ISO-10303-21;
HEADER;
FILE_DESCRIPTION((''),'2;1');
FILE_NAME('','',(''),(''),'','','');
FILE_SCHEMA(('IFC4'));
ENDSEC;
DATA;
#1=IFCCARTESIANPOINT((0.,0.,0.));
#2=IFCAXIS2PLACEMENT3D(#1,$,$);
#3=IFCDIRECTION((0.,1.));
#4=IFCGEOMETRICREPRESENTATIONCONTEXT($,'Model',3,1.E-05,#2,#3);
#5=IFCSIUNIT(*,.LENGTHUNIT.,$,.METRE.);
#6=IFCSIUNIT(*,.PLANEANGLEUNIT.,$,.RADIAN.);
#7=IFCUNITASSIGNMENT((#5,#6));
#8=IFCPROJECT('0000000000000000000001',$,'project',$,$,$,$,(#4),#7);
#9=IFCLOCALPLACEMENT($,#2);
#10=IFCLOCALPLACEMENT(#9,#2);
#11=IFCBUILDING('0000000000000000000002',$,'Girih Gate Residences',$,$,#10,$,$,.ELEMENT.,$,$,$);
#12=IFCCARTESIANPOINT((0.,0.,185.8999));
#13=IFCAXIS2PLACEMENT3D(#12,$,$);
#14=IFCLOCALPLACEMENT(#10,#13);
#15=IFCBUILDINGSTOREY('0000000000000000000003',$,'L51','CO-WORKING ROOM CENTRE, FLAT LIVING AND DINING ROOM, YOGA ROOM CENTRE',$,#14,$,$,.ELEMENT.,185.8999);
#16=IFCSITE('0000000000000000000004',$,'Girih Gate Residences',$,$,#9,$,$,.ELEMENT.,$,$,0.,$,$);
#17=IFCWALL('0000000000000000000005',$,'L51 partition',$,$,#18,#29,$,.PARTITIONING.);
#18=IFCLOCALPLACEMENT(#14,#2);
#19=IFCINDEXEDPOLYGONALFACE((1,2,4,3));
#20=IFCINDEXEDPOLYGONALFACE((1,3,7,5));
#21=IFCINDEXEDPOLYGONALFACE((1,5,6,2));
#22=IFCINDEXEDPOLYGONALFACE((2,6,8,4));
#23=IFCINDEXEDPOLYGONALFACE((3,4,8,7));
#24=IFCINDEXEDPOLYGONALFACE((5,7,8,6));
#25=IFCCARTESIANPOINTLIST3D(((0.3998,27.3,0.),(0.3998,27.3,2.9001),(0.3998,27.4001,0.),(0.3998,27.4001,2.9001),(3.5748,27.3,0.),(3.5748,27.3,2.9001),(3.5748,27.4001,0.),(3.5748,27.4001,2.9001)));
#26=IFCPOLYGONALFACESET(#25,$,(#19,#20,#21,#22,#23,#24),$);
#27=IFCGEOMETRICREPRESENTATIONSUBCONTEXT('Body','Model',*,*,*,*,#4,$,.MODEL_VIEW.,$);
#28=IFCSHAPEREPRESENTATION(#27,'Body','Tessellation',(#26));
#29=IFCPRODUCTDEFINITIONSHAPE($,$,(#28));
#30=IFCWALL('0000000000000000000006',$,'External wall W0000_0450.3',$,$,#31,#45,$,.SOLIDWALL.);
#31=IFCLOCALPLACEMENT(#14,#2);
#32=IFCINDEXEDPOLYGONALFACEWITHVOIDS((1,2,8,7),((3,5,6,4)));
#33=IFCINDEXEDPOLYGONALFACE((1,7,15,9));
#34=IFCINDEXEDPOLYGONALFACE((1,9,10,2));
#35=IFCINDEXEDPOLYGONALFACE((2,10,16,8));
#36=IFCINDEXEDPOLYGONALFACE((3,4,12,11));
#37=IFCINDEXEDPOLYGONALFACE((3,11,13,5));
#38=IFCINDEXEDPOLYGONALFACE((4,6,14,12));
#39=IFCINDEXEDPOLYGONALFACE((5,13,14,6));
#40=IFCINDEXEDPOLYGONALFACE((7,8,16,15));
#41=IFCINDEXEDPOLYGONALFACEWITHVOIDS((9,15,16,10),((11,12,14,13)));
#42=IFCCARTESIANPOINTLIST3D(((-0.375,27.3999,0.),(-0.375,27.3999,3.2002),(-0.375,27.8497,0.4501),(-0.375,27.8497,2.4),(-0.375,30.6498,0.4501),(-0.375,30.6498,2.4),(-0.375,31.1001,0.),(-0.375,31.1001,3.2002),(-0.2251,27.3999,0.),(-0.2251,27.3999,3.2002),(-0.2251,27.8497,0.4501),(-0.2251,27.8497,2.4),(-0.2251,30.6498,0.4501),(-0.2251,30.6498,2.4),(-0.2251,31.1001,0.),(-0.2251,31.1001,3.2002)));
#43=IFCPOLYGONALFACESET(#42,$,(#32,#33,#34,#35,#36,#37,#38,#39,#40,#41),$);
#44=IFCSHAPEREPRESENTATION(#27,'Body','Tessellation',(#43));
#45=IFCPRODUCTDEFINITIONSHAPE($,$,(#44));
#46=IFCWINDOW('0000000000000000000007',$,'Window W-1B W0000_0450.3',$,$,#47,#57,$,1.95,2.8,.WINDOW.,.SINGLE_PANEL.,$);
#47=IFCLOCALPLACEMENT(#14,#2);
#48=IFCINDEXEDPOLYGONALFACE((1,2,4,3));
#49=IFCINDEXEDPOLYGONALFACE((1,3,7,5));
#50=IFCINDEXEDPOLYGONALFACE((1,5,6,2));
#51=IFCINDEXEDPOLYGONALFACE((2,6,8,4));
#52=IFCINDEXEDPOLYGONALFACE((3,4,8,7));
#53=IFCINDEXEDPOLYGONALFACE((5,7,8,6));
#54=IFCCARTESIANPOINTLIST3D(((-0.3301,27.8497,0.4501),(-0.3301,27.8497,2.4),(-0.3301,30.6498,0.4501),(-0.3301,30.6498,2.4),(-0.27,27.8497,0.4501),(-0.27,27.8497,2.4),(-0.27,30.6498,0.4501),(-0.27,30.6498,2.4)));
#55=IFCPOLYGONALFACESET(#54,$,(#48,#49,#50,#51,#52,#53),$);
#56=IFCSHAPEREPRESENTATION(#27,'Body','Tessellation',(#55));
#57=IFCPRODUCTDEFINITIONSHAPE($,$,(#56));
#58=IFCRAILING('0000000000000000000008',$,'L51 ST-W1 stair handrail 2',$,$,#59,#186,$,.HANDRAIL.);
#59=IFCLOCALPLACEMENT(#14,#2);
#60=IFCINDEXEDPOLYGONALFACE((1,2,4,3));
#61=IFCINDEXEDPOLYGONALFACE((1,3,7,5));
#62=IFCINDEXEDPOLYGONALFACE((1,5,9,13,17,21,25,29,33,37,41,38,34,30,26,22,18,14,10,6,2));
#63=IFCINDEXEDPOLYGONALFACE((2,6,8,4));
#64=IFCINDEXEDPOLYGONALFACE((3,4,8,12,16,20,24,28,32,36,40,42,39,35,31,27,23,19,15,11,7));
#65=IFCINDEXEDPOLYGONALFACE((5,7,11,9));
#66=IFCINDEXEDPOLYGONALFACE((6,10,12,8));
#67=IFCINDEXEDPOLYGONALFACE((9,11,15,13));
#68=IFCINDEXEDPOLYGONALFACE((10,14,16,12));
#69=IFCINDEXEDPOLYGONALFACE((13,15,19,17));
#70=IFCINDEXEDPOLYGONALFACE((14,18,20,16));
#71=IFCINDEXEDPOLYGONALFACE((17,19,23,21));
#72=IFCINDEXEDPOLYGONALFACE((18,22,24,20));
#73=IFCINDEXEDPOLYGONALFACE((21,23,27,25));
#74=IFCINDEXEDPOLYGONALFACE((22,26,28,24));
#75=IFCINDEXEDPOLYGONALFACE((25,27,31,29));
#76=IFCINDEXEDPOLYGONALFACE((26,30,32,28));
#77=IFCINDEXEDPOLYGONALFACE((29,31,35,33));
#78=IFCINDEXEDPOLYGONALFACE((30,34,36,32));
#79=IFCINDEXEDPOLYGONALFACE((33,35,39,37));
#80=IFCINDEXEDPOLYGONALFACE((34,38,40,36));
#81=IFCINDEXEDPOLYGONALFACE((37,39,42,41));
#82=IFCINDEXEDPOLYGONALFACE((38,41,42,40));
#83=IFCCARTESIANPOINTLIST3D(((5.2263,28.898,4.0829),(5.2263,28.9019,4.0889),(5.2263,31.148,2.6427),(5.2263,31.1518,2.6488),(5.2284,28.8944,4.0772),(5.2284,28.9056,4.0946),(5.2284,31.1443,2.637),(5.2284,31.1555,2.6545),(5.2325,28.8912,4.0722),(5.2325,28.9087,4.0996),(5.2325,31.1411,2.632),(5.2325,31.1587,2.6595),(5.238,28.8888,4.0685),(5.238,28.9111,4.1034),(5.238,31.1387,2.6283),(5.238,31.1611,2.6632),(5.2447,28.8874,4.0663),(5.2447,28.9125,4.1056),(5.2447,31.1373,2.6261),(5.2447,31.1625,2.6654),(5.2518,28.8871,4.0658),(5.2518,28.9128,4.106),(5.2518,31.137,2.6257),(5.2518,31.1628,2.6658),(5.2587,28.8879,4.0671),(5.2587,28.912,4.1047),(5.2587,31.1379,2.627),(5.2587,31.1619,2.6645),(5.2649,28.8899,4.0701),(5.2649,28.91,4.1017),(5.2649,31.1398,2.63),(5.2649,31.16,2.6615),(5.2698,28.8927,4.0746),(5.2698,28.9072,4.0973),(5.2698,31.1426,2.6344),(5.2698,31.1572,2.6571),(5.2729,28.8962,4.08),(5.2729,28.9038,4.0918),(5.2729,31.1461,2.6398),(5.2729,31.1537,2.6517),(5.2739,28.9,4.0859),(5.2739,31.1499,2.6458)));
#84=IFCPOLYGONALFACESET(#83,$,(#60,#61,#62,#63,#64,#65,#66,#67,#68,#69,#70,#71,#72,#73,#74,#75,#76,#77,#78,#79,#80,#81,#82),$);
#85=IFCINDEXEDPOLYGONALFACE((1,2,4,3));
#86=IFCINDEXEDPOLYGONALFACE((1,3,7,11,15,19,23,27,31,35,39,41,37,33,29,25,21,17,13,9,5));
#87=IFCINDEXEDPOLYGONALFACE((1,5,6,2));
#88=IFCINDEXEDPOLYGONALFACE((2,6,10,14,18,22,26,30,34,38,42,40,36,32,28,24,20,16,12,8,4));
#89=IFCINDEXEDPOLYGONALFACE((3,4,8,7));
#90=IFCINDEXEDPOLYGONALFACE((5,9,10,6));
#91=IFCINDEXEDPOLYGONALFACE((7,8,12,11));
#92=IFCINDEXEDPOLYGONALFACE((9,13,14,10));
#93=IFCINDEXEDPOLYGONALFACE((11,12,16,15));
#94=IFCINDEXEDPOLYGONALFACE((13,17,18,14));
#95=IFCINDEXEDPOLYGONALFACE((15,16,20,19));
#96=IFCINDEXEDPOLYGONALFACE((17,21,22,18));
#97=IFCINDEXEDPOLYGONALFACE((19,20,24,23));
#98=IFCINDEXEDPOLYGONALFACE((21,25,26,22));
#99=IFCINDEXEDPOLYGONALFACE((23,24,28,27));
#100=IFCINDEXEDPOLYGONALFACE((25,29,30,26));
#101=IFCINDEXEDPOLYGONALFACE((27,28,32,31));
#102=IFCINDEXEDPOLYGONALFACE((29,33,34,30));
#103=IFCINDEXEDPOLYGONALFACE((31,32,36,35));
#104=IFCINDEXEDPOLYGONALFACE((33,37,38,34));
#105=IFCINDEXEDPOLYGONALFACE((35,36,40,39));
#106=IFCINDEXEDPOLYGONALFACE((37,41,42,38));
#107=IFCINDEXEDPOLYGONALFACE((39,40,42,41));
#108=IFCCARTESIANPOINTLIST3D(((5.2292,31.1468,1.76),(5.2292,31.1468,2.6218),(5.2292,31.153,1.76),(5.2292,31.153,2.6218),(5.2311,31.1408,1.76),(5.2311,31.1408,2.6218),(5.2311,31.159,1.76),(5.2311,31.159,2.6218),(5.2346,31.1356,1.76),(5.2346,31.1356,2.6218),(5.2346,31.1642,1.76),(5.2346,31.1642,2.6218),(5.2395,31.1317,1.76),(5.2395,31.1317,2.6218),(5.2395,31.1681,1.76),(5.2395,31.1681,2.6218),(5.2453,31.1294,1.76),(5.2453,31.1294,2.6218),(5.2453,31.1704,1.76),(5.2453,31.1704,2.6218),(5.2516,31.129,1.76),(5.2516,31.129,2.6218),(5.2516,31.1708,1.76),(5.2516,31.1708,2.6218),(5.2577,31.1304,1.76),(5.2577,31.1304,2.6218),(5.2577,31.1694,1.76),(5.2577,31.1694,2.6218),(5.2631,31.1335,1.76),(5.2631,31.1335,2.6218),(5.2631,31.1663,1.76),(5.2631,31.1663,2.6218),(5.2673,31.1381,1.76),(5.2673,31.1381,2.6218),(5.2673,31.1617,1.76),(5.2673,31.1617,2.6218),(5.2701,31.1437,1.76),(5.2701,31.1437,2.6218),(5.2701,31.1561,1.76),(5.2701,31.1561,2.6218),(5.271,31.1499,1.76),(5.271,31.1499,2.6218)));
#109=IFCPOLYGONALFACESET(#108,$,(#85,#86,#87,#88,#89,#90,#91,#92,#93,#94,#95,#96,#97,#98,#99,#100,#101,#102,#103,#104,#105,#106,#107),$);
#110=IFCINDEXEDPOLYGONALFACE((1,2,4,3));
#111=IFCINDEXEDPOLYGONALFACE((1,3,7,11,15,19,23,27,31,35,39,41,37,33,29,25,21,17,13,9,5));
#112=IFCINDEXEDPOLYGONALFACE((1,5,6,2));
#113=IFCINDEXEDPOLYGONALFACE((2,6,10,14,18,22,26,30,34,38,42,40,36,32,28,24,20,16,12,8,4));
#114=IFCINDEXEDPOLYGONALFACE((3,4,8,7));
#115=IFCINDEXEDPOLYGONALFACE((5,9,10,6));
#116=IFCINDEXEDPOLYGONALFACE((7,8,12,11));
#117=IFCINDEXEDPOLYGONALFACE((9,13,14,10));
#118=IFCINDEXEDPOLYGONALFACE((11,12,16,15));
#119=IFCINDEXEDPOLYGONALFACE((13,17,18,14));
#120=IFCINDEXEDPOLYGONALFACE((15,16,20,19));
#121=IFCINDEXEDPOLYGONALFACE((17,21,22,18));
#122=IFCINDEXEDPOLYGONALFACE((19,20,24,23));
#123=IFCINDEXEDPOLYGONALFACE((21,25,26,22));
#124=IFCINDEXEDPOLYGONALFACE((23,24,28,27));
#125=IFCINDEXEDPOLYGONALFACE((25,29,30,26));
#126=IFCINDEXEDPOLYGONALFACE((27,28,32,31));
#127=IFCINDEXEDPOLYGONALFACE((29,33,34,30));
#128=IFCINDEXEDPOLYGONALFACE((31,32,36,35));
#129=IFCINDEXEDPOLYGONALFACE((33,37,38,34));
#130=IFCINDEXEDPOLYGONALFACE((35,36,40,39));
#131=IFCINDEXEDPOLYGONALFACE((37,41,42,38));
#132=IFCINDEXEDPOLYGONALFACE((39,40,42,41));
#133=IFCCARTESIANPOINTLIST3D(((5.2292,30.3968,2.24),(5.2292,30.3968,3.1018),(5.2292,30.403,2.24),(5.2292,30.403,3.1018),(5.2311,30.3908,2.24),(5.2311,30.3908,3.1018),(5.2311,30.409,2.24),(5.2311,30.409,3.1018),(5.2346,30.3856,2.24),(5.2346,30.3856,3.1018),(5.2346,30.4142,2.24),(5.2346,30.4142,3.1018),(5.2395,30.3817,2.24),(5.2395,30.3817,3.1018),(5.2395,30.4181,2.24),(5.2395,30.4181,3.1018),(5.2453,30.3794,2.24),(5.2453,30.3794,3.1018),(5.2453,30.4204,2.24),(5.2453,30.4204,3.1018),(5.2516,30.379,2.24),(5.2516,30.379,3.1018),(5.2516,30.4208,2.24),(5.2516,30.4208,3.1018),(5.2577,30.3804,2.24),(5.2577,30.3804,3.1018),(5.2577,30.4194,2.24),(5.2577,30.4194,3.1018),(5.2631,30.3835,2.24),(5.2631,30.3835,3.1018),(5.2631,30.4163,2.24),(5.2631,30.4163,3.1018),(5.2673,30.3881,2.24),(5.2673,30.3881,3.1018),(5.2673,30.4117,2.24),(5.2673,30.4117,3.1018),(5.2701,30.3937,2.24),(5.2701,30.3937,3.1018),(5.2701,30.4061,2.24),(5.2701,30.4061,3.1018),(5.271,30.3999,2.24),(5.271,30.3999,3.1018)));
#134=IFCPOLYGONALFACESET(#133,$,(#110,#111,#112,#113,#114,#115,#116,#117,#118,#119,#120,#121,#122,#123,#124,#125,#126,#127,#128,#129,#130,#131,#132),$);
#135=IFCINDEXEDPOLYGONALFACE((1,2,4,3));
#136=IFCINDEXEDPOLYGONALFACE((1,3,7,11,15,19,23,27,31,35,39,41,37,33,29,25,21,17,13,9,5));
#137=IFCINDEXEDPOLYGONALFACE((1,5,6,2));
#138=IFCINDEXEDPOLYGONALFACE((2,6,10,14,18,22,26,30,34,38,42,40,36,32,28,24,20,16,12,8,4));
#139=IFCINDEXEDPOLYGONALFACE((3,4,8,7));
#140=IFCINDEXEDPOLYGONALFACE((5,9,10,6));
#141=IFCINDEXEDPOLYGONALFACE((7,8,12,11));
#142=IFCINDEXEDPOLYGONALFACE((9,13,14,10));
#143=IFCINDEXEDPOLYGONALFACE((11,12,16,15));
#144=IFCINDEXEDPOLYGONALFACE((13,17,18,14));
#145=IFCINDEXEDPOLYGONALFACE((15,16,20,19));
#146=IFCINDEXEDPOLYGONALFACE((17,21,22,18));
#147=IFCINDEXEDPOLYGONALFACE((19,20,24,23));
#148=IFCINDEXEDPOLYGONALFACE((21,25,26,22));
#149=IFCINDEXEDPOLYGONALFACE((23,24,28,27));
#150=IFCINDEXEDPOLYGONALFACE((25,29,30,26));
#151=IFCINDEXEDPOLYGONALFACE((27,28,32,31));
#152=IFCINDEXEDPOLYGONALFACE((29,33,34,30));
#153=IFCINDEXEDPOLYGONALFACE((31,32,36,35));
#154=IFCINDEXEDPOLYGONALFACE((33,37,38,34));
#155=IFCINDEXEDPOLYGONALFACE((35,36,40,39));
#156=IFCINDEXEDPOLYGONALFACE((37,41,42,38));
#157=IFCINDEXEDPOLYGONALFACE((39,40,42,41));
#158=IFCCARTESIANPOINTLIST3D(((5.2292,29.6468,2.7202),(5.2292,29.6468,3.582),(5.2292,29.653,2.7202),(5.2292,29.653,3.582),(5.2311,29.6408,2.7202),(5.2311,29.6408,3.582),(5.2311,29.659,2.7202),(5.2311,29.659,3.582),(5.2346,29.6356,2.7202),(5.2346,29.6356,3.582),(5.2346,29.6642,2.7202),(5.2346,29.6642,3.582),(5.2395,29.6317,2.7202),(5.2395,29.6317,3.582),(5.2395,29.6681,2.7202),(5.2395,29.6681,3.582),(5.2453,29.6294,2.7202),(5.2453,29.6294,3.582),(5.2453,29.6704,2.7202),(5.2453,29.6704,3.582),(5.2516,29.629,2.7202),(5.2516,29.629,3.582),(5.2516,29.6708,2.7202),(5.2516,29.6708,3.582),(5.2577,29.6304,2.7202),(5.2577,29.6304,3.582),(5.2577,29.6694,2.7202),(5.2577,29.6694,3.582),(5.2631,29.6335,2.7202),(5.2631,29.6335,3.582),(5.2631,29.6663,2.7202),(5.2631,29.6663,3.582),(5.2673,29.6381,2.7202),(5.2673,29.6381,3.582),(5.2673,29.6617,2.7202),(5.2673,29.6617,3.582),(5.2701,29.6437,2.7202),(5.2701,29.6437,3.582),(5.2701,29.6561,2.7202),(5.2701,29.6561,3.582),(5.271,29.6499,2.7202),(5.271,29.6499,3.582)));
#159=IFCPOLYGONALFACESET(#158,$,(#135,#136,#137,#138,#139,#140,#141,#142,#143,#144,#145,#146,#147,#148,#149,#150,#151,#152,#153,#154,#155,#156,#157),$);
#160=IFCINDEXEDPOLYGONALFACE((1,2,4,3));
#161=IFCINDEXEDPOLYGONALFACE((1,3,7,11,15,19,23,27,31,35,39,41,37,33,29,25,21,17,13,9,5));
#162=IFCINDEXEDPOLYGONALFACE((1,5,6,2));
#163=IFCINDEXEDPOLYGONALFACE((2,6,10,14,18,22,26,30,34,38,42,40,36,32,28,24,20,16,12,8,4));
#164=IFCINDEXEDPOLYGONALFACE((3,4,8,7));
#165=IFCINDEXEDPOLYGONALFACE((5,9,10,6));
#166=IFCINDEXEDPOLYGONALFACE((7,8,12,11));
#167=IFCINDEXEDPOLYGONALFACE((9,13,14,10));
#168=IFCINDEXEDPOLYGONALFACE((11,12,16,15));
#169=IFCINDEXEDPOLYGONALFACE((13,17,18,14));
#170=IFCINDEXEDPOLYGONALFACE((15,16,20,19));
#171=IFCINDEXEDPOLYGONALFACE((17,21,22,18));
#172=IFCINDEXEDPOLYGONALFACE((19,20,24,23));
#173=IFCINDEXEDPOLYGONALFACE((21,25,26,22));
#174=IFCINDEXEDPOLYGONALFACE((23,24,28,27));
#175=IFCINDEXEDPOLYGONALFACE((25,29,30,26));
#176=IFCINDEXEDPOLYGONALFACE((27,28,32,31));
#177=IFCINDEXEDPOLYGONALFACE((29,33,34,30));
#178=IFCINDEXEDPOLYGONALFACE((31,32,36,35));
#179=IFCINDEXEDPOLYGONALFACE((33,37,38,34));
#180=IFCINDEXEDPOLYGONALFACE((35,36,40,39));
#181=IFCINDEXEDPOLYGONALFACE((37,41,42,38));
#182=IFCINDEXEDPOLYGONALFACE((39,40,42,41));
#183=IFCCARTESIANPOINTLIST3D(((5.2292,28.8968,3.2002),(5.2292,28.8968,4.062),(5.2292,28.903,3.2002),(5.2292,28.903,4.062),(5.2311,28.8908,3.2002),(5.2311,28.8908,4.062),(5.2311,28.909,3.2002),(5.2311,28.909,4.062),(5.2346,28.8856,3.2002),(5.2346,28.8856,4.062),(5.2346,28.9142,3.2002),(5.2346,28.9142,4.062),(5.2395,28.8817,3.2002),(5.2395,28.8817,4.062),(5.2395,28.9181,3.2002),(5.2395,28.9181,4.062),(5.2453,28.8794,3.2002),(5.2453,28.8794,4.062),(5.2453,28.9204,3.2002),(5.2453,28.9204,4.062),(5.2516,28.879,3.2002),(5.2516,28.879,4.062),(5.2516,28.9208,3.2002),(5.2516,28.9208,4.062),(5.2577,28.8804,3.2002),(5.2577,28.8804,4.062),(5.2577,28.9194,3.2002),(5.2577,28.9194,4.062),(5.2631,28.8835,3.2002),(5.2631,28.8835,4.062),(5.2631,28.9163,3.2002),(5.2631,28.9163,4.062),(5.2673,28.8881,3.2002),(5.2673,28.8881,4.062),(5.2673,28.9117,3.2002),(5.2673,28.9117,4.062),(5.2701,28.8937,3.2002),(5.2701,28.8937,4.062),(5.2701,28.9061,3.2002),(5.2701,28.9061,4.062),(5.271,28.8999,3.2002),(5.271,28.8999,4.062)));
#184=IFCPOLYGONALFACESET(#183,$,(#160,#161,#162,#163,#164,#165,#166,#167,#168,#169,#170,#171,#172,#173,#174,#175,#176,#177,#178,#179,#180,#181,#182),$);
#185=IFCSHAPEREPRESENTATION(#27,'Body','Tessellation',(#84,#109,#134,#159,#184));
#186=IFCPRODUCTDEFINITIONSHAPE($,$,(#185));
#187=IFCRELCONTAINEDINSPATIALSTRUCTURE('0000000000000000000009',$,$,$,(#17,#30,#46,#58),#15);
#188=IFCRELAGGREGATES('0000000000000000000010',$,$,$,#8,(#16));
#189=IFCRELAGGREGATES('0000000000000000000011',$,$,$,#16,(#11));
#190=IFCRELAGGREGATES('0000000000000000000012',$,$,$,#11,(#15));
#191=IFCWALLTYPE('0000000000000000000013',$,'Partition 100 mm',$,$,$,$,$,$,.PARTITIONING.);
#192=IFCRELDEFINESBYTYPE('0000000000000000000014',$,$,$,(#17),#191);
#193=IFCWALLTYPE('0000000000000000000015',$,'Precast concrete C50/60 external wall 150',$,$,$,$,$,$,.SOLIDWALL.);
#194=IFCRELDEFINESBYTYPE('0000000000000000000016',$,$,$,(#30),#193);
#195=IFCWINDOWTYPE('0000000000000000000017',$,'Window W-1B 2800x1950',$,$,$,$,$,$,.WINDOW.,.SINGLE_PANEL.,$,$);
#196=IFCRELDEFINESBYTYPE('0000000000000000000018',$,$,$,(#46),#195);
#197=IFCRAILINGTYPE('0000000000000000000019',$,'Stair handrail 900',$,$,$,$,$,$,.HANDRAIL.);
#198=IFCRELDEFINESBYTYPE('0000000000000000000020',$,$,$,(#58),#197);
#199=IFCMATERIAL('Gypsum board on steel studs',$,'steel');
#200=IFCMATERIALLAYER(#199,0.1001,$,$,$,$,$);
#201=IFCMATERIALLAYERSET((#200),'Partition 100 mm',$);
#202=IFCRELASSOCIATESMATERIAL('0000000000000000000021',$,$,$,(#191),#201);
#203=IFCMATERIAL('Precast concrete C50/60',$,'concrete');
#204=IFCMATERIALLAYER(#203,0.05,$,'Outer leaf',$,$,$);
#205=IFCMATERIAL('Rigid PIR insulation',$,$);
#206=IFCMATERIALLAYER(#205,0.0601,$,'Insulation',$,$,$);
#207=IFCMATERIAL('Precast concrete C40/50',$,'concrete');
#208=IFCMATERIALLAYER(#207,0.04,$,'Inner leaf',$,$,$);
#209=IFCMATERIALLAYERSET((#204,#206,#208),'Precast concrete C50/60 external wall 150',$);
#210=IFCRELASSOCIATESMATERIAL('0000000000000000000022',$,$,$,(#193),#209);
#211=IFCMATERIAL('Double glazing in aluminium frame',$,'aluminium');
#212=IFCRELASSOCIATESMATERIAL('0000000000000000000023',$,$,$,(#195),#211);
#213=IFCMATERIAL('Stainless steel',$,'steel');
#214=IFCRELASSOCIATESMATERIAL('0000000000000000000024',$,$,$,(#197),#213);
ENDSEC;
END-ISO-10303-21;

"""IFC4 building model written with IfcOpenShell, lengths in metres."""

from ifc_helpers import new_model, si_unit, direction, frame, frame_2d, origin, origin_2d, place, context, subcontext, project, spatial, rectangle, circle, extrude, material, layer, layer_set, type_object, element, fill, save


model = new_model("IFC4")

# Units and contexts
model_context = context("Model", 3, precision=1e-05, world=origin(), true_north=direction((0.0, 1.0)))
body_context = subcontext(model_context, "Body", "Model", "MODEL_VIEW")
ifc_project = project(units=[si_unit("LENGTHUNIT", "METRE"), si_unit("PLANEANGLEUNIT", "RADIAN")], contexts=[model_context])

# Site, building, storey
site_placement = place(None, origin())
site = spatial("IfcSite", under=ifc_project, at=site_placement, Name="Girih Gate Residences", CompositionType="ELEMENT", RefElevation=0.0)
building_placement = place(site_placement, origin())
building = spatial("IfcBuilding", under=site, at=building_placement, Name="Girih Gate Residences", CompositionType="ELEMENT")
storey_placement = place(building_placement, frame((0.0, 0.0, 185.8999)))
storey = spatial("IfcBuildingStorey", under=building, at=storey_placement, Name="L51", Description="CO-WORKING ROOM CENTRE, FLAT LIVING AND DINING ROOM, YOGA ROOM CENTRE", CompositionType="ELEMENT", Elevation=185.8999)

# Shared definitions
ifc_material_1 = material(Name="Gypsum board on steel studs", Category="steel")

# Wall
ifc_layer_1 = layer(ifc_material_1, 0.1001)
ifc_layer_set_1 = layer_set([ifc_layer_1], Name="Partition 100 mm")
wall_type_1 = type_object("IfcWallType", Name="Partition 100 mm", PredefinedType="PARTITIONING", material=ifc_layer_set_1)
wall_1_placement = place(storey_placement, frame((0.3999, 27.3501, 0.0), z_axis=(0.0, 0.0, 1.0), x_axis=(1.0, 0.0, 0.0)))
element("IfcWall", 1, at=wall_1_placement, inside=storey, type_object=wall_type_1, Name="L51 partition", PredefinedType="PARTITIONING", context=body_context, shape_type="SweptSolid", body=[
    extrude(rectangle(XDim=3.175, YDim=0.1001, at=frame_2d((1.5874, 0.0))), origin(), (0.0, 0.0, 1.0), 2.9001),
])

# Wall, opening, window
ifc_material_2 = material(Name="Precast concrete C50/60", Category="concrete")
ifc_layer_2 = layer(ifc_material_2, 0.05, Name="Outer leaf")
ifc_material_3 = material(Name="Rigid PIR insulation")
ifc_layer_3 = layer(ifc_material_3, 0.0601, Name="Insulation")
ifc_material_4 = material(Name="Precast concrete C40/50", Category="concrete")
ifc_layer_4 = layer(ifc_material_4, 0.04, Name="Inner leaf")
ifc_layer_set_2 = layer_set([ifc_layer_2, ifc_layer_3, ifc_layer_4], Name="Precast concrete C50/60 external wall 150")
wall_type_2 = type_object("IfcWallType", Name="Precast concrete C50/60 external wall 150", PredefinedType="SOLIDWALL", material=ifc_layer_set_2)
wall_2_placement = place(storey_placement, frame((-0.3, 27.3999, 0.0), z_axis=(0.0, 0.0, 1.0), x_axis=(0.0, 1.0, 0.0)))
wall_2 = element("IfcWall", 2, at=wall_2_placement, inside=storey, type_object=wall_type_2, Name="External wall W0000_0450.3", PredefinedType="SOLIDWALL", context=body_context, shape_type="SweptSolid", body=[
    extrude(rectangle(XDim=3.7002, YDim=0.1499, at=frame_2d((1.8501, 0.0))), origin(), (0.0, 0.0, 1.0), 3.2002),
])
opening_1_placement = place(wall_2_placement, frame((0.45, 0.0, 0.45)))
opening_1 = element("IfcOpeningElement", 3, at=opening_1_placement, cuts=wall_2, PredefinedType="OPENING", context=body_context, shape_type="SweptSolid", body=[
    extrude(rectangle(XDim=2.8, YDim=1.95, at=frame_2d((1.3999, 0.9751))), frame((0.0, 0.085, 0.0), z_axis=(0.0, -1.0, 0.0), x_axis=(1.0, 0.0, 0.0)), (0.0, 0.0, 1.0), 0.1699),
])
ifc_material_5 = material(Name="Double glazing in aluminium frame", Category="aluminium")
window_type = type_object("IfcWindowType", Name="Window W-1B 2800x1950", PartitioningType="SINGLE_PANEL", PredefinedType="WINDOW", material=ifc_material_5)
window_placement = place(opening_1_placement, origin())
window = element("IfcWindow", 4, at=window_placement, inside=storey, type_object=window_type, Name="Window W-1B W0000_0450.3", OverallHeight=1.95, OverallWidth=2.8, PartitioningType="SINGLE_PANEL", PredefinedType="WINDOW", context=body_context, shape_type="SweptSolid", body=[
    extrude(rectangle(XDim=2.8, YDim=1.95, at=frame_2d((1.3999, 0.9751))), frame((0.0, 0.03, 0.0), z_axis=(0.0, -1.0, 0.0), x_axis=(1.0, 0.0, 0.0)), (0.0, 0.0, 1.0), 0.0601),
])
fill(opening_1, window)

# Railing
ifc_material_6 = material(Name="Stainless steel", Category="steel")
railing_type = type_object("IfcRailingType", Name="Stair handrail 900", PredefinedType="HANDRAIL", material=ifc_material_6)
railing_placement = place(storey_placement, frame((5.25, 31.1499, 1.76)))
element("IfcRailing", 5, at=railing_placement, inside=storey, type_object=railing_type, Name="L51 ST-W1 stair handrail 2", PredefinedType="HANDRAIL", context=body_context, shape_type="SweptSolid", body=[
    extrude(circle(Radius=0.0239, at=origin_2d()), frame((0.0, 0.0, 0.8857), z_axis=(0.0, -0.84224, 0.539103), x_axis=(1.0, 0.0, 0.0)), (0.0, 0.0, 1.0), 2.6714),
    extrude(circle(Radius=0.021, at=origin_2d()), origin(), (0.0, 0.0, 1.0), 0.8618),
    extrude(circle(Radius=0.021, at=origin_2d()), frame((0.0, -0.75, 0.48)), (0.0, 0.0, 1.0), 0.8618),
    extrude(circle(Radius=0.021, at=origin_2d()), frame((0.0, -1.5, 0.9602)), (0.0, 0.0, 1.0), 0.8618),
    extrude(circle(Radius=0.021, at=origin_2d()), frame((0.0, -2.25, 1.4402)), (0.0, 0.0, 1.0), 0.8618),
])

save(model, "model.ifc")
